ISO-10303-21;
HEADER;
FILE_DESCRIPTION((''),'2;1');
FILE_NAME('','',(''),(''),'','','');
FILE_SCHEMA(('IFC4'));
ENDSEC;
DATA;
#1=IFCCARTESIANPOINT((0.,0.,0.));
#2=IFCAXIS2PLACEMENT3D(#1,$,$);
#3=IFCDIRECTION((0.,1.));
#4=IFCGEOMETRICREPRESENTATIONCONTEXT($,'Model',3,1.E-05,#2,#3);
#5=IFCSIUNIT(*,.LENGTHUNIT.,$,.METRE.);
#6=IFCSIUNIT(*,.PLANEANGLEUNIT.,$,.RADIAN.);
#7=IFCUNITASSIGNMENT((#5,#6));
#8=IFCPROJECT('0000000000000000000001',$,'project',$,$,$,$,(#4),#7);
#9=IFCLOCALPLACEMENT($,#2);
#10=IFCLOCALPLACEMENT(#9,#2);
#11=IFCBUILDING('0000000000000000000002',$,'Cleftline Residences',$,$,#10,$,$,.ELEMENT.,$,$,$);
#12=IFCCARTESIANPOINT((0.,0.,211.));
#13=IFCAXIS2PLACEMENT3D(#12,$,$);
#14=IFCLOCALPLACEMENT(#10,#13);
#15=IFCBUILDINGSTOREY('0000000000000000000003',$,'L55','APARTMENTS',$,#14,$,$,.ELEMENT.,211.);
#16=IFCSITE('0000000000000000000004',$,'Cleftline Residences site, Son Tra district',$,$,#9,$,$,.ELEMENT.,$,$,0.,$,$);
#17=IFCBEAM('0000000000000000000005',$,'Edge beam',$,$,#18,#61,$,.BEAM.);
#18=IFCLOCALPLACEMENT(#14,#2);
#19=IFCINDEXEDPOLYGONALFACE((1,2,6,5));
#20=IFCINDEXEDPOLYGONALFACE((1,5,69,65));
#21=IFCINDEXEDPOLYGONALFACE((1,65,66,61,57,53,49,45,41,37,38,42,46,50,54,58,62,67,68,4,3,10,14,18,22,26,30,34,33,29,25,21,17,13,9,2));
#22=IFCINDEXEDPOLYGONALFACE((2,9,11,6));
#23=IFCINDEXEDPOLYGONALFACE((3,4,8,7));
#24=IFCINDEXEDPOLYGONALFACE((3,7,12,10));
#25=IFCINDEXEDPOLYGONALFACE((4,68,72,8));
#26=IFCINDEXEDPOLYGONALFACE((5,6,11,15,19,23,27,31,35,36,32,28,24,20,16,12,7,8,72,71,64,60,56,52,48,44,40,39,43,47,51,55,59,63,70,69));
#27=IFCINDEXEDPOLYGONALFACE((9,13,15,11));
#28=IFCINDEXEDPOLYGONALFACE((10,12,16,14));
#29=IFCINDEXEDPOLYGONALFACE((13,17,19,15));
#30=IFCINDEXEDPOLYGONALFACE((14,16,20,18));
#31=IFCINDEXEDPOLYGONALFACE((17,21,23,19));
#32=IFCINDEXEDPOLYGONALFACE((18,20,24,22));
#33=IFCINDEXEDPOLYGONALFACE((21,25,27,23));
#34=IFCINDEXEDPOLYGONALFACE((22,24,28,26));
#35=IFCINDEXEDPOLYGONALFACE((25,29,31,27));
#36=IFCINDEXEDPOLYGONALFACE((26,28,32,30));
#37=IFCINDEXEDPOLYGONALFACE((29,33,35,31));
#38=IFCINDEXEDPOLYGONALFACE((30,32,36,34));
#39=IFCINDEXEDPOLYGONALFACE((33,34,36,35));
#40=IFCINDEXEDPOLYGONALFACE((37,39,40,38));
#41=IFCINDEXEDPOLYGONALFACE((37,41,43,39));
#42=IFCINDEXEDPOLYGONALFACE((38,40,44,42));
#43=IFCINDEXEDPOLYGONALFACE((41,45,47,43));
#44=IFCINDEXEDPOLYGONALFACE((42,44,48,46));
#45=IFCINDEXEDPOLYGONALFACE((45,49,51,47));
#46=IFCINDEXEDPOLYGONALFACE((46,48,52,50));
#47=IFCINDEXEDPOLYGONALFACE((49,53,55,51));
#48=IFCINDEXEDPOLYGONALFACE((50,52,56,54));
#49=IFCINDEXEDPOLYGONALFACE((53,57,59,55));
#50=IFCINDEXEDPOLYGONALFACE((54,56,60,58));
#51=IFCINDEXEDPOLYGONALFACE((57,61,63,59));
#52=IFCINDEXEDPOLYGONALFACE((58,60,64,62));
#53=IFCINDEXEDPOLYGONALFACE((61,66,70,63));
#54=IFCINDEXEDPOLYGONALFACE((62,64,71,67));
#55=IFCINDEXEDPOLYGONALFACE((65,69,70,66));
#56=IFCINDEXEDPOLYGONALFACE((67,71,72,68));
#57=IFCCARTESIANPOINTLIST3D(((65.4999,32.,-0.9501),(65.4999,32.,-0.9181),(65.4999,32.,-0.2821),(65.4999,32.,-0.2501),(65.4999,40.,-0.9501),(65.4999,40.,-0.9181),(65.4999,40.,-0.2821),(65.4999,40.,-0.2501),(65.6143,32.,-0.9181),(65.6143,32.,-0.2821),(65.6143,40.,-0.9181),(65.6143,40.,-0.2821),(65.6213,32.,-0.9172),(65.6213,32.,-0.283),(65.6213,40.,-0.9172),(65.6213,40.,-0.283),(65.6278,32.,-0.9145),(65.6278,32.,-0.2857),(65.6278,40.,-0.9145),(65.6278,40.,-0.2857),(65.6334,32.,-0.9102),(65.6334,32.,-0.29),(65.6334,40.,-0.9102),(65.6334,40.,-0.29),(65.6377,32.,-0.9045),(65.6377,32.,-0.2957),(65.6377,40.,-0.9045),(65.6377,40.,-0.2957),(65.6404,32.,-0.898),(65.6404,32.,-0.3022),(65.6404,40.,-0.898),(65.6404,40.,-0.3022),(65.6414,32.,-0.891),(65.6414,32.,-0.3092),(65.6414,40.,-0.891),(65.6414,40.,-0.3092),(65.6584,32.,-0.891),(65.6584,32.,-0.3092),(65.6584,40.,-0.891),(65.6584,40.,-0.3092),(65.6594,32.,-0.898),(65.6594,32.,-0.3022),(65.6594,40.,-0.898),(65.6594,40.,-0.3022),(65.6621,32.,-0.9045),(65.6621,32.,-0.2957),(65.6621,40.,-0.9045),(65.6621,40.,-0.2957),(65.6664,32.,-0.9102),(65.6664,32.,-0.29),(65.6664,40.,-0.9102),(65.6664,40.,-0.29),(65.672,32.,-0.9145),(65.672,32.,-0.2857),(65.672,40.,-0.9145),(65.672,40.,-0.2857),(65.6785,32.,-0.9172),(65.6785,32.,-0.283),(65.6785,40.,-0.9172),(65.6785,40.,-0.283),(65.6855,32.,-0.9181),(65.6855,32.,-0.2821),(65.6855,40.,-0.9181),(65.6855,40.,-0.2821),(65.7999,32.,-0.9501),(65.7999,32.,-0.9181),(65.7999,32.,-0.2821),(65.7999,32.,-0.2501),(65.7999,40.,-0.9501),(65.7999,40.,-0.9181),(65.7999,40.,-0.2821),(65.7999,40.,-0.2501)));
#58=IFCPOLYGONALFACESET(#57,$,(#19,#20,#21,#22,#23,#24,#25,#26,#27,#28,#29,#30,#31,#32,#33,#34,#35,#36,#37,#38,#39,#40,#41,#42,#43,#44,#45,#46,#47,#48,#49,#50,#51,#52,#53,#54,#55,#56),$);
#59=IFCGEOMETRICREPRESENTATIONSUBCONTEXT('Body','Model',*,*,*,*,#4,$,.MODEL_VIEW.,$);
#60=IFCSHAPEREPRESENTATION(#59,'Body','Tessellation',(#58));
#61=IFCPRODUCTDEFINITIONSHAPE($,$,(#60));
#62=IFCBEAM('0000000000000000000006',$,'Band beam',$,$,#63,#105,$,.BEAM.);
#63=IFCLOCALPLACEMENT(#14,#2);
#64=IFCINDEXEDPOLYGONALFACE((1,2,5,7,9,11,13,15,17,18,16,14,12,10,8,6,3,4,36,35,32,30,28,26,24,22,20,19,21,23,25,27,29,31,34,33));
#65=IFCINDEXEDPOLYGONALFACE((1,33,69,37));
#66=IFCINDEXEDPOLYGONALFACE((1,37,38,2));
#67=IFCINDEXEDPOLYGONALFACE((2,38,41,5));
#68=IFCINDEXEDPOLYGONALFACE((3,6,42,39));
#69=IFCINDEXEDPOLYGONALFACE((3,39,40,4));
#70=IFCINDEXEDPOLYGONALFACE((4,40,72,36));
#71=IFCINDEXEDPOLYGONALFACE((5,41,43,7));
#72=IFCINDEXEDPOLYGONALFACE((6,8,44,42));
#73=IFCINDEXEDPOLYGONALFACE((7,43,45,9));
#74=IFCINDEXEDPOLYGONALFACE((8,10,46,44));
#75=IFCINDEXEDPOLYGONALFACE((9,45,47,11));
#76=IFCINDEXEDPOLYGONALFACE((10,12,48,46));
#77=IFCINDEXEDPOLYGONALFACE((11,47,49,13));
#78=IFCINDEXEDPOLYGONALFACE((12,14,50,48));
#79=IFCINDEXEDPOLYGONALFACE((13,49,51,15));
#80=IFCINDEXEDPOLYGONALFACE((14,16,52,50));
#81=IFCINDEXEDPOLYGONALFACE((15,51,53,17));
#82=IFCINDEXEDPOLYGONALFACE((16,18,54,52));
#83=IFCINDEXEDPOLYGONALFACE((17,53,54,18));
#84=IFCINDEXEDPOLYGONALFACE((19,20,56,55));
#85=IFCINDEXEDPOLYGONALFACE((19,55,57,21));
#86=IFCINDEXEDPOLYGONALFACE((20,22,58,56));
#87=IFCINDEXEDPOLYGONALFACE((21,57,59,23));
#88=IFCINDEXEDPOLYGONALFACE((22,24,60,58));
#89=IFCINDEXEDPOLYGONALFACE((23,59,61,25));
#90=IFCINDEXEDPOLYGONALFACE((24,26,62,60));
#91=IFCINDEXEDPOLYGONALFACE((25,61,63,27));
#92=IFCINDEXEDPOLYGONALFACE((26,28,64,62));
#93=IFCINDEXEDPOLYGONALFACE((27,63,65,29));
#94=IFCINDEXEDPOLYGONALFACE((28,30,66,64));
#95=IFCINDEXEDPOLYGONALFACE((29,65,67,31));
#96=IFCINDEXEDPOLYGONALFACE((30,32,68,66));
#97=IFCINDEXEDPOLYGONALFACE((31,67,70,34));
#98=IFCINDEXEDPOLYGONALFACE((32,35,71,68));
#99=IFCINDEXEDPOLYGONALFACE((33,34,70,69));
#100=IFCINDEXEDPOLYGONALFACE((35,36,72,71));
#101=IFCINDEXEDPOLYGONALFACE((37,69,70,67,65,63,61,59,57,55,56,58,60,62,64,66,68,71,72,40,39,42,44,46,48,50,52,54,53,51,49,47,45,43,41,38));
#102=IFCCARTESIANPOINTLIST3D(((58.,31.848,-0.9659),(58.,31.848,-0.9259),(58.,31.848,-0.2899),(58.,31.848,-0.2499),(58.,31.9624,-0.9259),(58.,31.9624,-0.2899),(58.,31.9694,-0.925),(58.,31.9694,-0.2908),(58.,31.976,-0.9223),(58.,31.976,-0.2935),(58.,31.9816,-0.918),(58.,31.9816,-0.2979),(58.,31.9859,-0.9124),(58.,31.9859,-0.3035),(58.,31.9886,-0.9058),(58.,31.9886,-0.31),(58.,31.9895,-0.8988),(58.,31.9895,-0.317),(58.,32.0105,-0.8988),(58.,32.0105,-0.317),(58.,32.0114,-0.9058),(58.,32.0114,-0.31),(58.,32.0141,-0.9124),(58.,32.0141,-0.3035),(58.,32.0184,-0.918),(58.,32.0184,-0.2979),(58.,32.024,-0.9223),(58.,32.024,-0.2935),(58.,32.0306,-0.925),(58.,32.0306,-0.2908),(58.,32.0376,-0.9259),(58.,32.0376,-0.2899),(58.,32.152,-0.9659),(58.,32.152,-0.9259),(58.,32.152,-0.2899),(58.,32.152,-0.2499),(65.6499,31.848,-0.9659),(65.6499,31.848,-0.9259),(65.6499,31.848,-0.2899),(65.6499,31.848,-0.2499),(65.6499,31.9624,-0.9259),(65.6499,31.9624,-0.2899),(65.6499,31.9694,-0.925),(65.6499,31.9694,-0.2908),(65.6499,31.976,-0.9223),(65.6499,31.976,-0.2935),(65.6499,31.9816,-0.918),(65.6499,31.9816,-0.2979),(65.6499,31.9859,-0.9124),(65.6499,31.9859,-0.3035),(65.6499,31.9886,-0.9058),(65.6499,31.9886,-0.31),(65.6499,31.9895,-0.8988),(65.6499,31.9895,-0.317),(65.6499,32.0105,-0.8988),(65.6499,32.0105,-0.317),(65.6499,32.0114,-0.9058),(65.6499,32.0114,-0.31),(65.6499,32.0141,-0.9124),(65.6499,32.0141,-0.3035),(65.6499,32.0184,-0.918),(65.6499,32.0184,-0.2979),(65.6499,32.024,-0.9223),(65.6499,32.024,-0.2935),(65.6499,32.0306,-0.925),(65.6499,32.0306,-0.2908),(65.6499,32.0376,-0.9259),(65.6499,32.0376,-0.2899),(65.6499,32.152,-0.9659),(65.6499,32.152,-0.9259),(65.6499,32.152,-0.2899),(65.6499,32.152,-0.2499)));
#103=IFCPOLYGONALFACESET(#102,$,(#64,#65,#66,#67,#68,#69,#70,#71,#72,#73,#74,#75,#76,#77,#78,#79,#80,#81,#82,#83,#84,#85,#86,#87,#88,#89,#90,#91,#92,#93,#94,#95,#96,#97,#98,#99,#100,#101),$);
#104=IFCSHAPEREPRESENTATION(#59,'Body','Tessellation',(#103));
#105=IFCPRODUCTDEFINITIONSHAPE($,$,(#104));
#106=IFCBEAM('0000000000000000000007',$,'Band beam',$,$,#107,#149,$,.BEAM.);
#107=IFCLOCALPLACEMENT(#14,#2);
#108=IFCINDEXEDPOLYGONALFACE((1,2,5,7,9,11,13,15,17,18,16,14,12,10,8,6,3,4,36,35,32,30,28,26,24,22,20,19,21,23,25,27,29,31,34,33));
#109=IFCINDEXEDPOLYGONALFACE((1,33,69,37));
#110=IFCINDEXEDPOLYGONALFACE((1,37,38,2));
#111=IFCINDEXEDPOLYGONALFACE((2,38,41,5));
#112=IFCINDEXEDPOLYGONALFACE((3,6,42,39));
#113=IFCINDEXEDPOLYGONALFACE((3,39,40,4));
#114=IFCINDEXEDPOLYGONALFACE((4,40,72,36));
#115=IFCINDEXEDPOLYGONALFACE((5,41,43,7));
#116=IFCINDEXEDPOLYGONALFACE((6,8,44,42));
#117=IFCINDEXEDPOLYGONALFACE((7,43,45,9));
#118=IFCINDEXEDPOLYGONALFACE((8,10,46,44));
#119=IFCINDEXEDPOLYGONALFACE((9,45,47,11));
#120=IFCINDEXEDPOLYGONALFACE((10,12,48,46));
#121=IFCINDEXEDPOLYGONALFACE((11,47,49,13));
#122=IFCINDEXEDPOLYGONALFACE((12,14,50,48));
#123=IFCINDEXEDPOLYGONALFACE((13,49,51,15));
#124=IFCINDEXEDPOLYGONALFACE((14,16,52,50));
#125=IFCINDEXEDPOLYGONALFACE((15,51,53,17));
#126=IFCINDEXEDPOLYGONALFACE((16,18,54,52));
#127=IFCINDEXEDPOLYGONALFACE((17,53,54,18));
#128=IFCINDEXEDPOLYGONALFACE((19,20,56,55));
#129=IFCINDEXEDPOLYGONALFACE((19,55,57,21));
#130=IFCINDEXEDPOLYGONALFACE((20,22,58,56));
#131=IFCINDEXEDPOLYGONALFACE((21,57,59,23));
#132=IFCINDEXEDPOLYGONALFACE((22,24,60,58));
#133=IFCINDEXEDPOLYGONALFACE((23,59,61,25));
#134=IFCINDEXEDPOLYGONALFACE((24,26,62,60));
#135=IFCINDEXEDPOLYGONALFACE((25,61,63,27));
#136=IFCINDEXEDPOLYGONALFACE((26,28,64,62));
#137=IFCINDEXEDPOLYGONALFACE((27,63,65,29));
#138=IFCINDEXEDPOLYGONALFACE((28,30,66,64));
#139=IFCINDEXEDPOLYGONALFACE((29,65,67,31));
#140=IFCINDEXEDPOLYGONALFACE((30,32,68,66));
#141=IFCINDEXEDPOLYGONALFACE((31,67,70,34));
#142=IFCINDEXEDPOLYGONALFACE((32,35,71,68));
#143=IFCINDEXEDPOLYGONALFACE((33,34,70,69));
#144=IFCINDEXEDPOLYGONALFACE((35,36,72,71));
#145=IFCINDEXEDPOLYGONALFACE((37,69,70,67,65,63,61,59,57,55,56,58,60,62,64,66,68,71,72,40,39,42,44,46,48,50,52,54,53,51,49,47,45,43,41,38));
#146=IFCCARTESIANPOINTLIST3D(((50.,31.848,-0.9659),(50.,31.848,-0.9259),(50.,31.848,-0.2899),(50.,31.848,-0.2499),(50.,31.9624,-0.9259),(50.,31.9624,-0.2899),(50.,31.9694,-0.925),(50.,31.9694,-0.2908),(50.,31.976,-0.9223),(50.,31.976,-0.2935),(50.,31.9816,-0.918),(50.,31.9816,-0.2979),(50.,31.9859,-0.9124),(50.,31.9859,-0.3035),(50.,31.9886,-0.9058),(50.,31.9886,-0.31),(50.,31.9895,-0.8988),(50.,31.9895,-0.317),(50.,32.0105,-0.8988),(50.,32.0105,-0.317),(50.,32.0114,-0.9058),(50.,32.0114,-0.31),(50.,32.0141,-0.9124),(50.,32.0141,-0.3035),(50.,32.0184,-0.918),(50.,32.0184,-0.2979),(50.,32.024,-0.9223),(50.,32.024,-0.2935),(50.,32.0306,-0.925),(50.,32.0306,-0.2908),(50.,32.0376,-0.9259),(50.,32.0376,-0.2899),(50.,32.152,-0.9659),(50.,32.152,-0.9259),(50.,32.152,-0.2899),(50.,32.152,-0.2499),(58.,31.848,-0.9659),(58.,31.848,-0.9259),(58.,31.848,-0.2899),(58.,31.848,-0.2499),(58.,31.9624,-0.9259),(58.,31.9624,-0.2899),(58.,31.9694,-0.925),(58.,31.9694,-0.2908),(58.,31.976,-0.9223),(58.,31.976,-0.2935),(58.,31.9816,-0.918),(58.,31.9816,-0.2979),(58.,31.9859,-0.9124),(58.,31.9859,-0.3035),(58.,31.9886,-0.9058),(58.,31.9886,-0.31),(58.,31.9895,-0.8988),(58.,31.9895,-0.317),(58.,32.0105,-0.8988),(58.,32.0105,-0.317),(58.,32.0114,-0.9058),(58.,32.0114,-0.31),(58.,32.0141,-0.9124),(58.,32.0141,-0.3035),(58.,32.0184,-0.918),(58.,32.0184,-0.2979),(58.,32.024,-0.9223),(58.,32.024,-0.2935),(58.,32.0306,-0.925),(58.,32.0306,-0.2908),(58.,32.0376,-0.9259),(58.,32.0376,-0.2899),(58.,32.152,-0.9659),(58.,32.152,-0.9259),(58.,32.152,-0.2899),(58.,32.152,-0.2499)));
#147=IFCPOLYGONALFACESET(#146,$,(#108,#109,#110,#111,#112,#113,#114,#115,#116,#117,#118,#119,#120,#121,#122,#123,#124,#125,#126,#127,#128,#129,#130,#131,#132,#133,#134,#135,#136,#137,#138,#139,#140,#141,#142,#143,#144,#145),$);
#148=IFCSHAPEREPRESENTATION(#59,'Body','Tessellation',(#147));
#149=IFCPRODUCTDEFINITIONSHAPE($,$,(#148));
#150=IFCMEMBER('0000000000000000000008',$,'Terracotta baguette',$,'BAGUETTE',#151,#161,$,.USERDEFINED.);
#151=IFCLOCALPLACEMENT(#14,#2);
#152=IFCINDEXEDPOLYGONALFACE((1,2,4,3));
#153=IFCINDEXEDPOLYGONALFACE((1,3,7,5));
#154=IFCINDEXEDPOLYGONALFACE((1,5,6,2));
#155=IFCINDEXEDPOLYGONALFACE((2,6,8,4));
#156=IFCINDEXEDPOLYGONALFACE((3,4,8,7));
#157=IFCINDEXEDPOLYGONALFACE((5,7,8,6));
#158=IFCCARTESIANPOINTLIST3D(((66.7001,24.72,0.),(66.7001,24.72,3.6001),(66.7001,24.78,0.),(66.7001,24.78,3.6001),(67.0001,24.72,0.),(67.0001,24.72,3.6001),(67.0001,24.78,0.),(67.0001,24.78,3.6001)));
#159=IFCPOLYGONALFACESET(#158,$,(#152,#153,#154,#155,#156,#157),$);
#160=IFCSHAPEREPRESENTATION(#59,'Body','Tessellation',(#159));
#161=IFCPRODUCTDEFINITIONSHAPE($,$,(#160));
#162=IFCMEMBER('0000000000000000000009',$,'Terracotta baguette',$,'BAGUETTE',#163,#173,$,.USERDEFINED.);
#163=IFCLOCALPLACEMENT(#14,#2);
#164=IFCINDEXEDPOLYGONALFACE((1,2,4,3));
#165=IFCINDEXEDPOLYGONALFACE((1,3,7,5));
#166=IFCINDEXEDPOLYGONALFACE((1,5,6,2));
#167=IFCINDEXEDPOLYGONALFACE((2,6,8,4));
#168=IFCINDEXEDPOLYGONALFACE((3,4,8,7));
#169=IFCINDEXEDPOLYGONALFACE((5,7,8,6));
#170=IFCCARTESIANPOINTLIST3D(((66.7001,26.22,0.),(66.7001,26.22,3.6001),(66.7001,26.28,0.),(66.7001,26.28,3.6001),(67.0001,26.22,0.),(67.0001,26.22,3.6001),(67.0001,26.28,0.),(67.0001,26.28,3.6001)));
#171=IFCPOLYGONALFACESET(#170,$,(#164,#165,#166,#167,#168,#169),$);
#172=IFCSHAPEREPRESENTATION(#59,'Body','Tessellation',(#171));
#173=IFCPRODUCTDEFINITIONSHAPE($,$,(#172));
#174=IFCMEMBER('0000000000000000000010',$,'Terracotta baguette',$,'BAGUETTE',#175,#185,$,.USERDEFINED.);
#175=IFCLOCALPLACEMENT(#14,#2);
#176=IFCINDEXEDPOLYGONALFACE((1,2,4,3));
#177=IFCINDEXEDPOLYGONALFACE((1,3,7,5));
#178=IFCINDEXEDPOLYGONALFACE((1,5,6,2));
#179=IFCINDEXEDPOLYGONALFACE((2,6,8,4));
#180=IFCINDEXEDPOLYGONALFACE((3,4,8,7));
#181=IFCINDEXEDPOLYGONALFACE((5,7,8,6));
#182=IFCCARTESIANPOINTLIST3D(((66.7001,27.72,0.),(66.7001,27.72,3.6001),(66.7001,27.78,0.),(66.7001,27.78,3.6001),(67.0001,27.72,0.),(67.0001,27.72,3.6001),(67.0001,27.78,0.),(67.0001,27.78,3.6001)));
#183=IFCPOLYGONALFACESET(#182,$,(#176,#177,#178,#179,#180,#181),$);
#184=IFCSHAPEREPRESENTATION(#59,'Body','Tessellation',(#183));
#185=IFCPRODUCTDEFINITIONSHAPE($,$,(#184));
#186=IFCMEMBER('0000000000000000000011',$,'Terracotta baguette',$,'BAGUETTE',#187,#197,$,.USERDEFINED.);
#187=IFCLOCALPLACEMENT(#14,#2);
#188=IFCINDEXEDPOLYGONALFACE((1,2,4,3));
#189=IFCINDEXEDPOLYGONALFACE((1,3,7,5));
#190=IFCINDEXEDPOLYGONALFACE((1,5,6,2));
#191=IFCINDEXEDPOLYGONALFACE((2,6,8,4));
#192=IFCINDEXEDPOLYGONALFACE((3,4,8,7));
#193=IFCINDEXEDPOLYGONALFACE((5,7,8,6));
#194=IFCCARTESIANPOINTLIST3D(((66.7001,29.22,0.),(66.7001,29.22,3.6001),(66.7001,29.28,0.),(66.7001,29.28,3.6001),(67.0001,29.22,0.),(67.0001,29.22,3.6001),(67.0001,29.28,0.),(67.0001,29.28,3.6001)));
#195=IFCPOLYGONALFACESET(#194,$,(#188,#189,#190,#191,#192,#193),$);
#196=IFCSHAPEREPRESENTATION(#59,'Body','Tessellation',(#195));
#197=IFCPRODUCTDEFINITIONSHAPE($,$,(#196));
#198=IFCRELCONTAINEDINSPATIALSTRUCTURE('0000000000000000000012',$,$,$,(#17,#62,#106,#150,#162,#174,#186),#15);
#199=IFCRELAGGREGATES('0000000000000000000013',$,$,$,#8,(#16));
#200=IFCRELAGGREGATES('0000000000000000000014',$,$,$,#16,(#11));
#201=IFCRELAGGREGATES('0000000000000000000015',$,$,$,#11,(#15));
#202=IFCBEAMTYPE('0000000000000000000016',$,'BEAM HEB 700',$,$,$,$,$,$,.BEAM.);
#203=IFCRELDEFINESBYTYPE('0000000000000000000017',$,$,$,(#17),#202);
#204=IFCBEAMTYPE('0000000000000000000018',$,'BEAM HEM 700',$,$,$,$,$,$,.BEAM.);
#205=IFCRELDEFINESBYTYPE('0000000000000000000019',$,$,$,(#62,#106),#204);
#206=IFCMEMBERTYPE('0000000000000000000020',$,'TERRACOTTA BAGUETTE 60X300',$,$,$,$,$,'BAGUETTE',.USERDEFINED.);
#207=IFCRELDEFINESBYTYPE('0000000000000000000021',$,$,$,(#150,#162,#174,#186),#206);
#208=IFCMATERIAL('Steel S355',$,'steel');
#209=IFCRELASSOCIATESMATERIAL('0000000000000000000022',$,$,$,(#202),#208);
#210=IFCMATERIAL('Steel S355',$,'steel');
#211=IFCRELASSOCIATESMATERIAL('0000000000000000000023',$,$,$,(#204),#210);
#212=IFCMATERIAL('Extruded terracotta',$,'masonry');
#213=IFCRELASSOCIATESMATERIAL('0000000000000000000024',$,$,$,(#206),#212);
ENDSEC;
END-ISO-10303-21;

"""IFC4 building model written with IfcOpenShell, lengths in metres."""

from ifc_helpers import new_model, si_unit, direction, frame, origin, origin_2d, place, context, subcontext, project, spatial, rectangle, i_section, extrude, material, material_profile, profile_set, type_object, element, save


model = new_model("IFC4")

# Units and contexts
model_context = context("Model", 3, precision=1e-05, world=origin(), true_north=direction((0.0, 1.0)))
body_context = subcontext(model_context, "Body", "Model", "MODEL_VIEW")
ifc_project = project(units=[si_unit("LENGTHUNIT", "METRE"), si_unit("PLANEANGLEUNIT", "RADIAN")], contexts=[model_context])

# Site, building, storey
site_placement = place(None, origin())
site = spatial("IfcSite", under=ifc_project, at=site_placement, Name="Cleftline Residences site, Son Tra district", CompositionType="ELEMENT", RefElevation=0.0)
building_placement = place(site_placement, origin())
building = spatial("IfcBuilding", under=site, at=building_placement, Name="Cleftline Residences", CompositionType="ELEMENT")
storey_placement = place(building_placement, frame((0.0, 0.0, 211.0)))
storey = spatial("IfcBuildingStorey", under=building, at=storey_placement, Name="L55", Description="APARTMENTS", CompositionType="ELEMENT", Elevation=211.0)

# Beams
ifc_material_1 = material(Name="Steel S355", Category="steel")
ifc_material_profile_1 = material_profile(ifc_material_1, i_section(OverallWidth=0.3, OverallDepth=0.7, WebThickness=0.0171, FlangeThickness=0.032, FilletRadius=0.0271, at=origin_2d()))
ifc_profile_set_1 = profile_set([ifc_material_profile_1], Name="Steel S355")
beam_type_1 = type_object("IfcBeamType", Name="BEAM HEB 700", PredefinedType="BEAM", material=ifc_profile_set_1)
for number, where, z_axis, x_axis, name in (
    (1, (65.6499, 32.0, -0.6001), (0.0, 1.0, 0.0), (-1.0, 0.0, 0.0), "Edge beam"),
):
    element("IfcBeam", number, at=place(storey_placement, frame(where, z_axis=z_axis, x_axis=x_axis)), inside=storey, type_object=beam_type_1, Name=name, PredefinedType="BEAM", context=body_context, shape_type="SweptSolid", body=[
        extrude(i_section(OverallWidth=0.3, OverallDepth=0.7, WebThickness=0.0171, FlangeThickness=0.032, FilletRadius=0.0271, at=origin_2d()), origin(), (0.0, 0.0, 1.0), 8.0),
    ])
ifc_material_2 = material(Name="Steel S355", Category="steel")
ifc_material_profile_2 = material_profile(ifc_material_2, i_section(OverallWidth=0.304, OverallDepth=0.7161, WebThickness=0.021, FlangeThickness=0.04, FilletRadius=0.0271, at=origin_2d()))
ifc_profile_set_2 = profile_set([ifc_material_profile_2], Name="Steel S355")
beam_type_2 = type_object("IfcBeamType", Name="BEAM HEM 700", PredefinedType="BEAM", material=ifc_profile_set_2)
beam_1_placement = place(storey_placement, frame((65.6499, 32.0, -0.6079), z_axis=(-1.0, 0.0, 0.0), x_axis=(0.0, -1.0, 0.0)))
element("IfcBeam", 2, at=beam_1_placement, inside=storey, type_object=beam_type_2, Name="Band beam", PredefinedType="BEAM", context=body_context, shape_type="SweptSolid", body=[
    extrude(i_section(OverallWidth=0.304, OverallDepth=0.7161, WebThickness=0.021, FlangeThickness=0.04, FilletRadius=0.0271, at=origin_2d()), origin(), (0.0, 0.0, 1.0), 7.6499),
])
beam_2_placement = place(storey_placement, frame((58.0, 32.0, -0.6079), z_axis=(-1.0, 0.0, 0.0), x_axis=(0.0, -1.0, 0.0)))
element("IfcBeam", 3, at=beam_2_placement, inside=storey, type_object=beam_type_2, Name="Band beam", PredefinedType="BEAM", context=body_context, shape_type="SweptSolid", body=[
    extrude(i_section(OverallWidth=0.304, OverallDepth=0.7161, WebThickness=0.021, FlangeThickness=0.04, FilletRadius=0.0271, at=origin_2d()), origin(), (0.0, 0.0, 1.0), 8.0),
])

# Members
ifc_material_3 = material(Name="Extruded terracotta", Category="masonry")
ifc_material_profile_3 = material_profile(ifc_material_3, rectangle(XDim=0.0601, YDim=0.3, at=origin_2d()))
ifc_profile_set_3 = profile_set([ifc_material_profile_3], Name="Extruded terracotta")
member_type_1 = type_object("IfcMemberType", Name="TERRACOTTA BAGUETTE 60X300", ElementType="BAGUETTE", PredefinedType="USERDEFINED", material=ifc_profile_set_3)
for number, where, z_axis, x_axis, name in (
    (4, (66.8501, 24.75, 0.0), (0.0, 0.0, 1.0), (0.0, 1.0, 0.0), "Terracotta baguette"),
    (5, (66.8501, 26.25, 0.0), (0.0, 0.0, 1.0), (0.0, 1.0, 0.0), "Terracotta baguette"),
    (6, (66.8501, 27.75, 0.0), (0.0, 0.0, 1.0), (0.0, 1.0, 0.0), "Terracotta baguette"),
    (7, (66.8501, 29.25, 0.0), (0.0, 0.0, 1.0), (0.0, 1.0, 0.0), "Terracotta baguette"),
):
    element("IfcMember", number, at=place(storey_placement, frame(where, z_axis=z_axis, x_axis=x_axis)), inside=storey, type_object=member_type_1, Name=name, ObjectType="BAGUETTE", PredefinedType="USERDEFINED", context=body_context, shape_type="SweptSolid", body=[
        extrude(rectangle(XDim=0.0601, YDim=0.3, at=origin_2d()), origin(), (0.0, 0.0, 1.0), 3.6001),
    ])

save(model, "model.ifc")
